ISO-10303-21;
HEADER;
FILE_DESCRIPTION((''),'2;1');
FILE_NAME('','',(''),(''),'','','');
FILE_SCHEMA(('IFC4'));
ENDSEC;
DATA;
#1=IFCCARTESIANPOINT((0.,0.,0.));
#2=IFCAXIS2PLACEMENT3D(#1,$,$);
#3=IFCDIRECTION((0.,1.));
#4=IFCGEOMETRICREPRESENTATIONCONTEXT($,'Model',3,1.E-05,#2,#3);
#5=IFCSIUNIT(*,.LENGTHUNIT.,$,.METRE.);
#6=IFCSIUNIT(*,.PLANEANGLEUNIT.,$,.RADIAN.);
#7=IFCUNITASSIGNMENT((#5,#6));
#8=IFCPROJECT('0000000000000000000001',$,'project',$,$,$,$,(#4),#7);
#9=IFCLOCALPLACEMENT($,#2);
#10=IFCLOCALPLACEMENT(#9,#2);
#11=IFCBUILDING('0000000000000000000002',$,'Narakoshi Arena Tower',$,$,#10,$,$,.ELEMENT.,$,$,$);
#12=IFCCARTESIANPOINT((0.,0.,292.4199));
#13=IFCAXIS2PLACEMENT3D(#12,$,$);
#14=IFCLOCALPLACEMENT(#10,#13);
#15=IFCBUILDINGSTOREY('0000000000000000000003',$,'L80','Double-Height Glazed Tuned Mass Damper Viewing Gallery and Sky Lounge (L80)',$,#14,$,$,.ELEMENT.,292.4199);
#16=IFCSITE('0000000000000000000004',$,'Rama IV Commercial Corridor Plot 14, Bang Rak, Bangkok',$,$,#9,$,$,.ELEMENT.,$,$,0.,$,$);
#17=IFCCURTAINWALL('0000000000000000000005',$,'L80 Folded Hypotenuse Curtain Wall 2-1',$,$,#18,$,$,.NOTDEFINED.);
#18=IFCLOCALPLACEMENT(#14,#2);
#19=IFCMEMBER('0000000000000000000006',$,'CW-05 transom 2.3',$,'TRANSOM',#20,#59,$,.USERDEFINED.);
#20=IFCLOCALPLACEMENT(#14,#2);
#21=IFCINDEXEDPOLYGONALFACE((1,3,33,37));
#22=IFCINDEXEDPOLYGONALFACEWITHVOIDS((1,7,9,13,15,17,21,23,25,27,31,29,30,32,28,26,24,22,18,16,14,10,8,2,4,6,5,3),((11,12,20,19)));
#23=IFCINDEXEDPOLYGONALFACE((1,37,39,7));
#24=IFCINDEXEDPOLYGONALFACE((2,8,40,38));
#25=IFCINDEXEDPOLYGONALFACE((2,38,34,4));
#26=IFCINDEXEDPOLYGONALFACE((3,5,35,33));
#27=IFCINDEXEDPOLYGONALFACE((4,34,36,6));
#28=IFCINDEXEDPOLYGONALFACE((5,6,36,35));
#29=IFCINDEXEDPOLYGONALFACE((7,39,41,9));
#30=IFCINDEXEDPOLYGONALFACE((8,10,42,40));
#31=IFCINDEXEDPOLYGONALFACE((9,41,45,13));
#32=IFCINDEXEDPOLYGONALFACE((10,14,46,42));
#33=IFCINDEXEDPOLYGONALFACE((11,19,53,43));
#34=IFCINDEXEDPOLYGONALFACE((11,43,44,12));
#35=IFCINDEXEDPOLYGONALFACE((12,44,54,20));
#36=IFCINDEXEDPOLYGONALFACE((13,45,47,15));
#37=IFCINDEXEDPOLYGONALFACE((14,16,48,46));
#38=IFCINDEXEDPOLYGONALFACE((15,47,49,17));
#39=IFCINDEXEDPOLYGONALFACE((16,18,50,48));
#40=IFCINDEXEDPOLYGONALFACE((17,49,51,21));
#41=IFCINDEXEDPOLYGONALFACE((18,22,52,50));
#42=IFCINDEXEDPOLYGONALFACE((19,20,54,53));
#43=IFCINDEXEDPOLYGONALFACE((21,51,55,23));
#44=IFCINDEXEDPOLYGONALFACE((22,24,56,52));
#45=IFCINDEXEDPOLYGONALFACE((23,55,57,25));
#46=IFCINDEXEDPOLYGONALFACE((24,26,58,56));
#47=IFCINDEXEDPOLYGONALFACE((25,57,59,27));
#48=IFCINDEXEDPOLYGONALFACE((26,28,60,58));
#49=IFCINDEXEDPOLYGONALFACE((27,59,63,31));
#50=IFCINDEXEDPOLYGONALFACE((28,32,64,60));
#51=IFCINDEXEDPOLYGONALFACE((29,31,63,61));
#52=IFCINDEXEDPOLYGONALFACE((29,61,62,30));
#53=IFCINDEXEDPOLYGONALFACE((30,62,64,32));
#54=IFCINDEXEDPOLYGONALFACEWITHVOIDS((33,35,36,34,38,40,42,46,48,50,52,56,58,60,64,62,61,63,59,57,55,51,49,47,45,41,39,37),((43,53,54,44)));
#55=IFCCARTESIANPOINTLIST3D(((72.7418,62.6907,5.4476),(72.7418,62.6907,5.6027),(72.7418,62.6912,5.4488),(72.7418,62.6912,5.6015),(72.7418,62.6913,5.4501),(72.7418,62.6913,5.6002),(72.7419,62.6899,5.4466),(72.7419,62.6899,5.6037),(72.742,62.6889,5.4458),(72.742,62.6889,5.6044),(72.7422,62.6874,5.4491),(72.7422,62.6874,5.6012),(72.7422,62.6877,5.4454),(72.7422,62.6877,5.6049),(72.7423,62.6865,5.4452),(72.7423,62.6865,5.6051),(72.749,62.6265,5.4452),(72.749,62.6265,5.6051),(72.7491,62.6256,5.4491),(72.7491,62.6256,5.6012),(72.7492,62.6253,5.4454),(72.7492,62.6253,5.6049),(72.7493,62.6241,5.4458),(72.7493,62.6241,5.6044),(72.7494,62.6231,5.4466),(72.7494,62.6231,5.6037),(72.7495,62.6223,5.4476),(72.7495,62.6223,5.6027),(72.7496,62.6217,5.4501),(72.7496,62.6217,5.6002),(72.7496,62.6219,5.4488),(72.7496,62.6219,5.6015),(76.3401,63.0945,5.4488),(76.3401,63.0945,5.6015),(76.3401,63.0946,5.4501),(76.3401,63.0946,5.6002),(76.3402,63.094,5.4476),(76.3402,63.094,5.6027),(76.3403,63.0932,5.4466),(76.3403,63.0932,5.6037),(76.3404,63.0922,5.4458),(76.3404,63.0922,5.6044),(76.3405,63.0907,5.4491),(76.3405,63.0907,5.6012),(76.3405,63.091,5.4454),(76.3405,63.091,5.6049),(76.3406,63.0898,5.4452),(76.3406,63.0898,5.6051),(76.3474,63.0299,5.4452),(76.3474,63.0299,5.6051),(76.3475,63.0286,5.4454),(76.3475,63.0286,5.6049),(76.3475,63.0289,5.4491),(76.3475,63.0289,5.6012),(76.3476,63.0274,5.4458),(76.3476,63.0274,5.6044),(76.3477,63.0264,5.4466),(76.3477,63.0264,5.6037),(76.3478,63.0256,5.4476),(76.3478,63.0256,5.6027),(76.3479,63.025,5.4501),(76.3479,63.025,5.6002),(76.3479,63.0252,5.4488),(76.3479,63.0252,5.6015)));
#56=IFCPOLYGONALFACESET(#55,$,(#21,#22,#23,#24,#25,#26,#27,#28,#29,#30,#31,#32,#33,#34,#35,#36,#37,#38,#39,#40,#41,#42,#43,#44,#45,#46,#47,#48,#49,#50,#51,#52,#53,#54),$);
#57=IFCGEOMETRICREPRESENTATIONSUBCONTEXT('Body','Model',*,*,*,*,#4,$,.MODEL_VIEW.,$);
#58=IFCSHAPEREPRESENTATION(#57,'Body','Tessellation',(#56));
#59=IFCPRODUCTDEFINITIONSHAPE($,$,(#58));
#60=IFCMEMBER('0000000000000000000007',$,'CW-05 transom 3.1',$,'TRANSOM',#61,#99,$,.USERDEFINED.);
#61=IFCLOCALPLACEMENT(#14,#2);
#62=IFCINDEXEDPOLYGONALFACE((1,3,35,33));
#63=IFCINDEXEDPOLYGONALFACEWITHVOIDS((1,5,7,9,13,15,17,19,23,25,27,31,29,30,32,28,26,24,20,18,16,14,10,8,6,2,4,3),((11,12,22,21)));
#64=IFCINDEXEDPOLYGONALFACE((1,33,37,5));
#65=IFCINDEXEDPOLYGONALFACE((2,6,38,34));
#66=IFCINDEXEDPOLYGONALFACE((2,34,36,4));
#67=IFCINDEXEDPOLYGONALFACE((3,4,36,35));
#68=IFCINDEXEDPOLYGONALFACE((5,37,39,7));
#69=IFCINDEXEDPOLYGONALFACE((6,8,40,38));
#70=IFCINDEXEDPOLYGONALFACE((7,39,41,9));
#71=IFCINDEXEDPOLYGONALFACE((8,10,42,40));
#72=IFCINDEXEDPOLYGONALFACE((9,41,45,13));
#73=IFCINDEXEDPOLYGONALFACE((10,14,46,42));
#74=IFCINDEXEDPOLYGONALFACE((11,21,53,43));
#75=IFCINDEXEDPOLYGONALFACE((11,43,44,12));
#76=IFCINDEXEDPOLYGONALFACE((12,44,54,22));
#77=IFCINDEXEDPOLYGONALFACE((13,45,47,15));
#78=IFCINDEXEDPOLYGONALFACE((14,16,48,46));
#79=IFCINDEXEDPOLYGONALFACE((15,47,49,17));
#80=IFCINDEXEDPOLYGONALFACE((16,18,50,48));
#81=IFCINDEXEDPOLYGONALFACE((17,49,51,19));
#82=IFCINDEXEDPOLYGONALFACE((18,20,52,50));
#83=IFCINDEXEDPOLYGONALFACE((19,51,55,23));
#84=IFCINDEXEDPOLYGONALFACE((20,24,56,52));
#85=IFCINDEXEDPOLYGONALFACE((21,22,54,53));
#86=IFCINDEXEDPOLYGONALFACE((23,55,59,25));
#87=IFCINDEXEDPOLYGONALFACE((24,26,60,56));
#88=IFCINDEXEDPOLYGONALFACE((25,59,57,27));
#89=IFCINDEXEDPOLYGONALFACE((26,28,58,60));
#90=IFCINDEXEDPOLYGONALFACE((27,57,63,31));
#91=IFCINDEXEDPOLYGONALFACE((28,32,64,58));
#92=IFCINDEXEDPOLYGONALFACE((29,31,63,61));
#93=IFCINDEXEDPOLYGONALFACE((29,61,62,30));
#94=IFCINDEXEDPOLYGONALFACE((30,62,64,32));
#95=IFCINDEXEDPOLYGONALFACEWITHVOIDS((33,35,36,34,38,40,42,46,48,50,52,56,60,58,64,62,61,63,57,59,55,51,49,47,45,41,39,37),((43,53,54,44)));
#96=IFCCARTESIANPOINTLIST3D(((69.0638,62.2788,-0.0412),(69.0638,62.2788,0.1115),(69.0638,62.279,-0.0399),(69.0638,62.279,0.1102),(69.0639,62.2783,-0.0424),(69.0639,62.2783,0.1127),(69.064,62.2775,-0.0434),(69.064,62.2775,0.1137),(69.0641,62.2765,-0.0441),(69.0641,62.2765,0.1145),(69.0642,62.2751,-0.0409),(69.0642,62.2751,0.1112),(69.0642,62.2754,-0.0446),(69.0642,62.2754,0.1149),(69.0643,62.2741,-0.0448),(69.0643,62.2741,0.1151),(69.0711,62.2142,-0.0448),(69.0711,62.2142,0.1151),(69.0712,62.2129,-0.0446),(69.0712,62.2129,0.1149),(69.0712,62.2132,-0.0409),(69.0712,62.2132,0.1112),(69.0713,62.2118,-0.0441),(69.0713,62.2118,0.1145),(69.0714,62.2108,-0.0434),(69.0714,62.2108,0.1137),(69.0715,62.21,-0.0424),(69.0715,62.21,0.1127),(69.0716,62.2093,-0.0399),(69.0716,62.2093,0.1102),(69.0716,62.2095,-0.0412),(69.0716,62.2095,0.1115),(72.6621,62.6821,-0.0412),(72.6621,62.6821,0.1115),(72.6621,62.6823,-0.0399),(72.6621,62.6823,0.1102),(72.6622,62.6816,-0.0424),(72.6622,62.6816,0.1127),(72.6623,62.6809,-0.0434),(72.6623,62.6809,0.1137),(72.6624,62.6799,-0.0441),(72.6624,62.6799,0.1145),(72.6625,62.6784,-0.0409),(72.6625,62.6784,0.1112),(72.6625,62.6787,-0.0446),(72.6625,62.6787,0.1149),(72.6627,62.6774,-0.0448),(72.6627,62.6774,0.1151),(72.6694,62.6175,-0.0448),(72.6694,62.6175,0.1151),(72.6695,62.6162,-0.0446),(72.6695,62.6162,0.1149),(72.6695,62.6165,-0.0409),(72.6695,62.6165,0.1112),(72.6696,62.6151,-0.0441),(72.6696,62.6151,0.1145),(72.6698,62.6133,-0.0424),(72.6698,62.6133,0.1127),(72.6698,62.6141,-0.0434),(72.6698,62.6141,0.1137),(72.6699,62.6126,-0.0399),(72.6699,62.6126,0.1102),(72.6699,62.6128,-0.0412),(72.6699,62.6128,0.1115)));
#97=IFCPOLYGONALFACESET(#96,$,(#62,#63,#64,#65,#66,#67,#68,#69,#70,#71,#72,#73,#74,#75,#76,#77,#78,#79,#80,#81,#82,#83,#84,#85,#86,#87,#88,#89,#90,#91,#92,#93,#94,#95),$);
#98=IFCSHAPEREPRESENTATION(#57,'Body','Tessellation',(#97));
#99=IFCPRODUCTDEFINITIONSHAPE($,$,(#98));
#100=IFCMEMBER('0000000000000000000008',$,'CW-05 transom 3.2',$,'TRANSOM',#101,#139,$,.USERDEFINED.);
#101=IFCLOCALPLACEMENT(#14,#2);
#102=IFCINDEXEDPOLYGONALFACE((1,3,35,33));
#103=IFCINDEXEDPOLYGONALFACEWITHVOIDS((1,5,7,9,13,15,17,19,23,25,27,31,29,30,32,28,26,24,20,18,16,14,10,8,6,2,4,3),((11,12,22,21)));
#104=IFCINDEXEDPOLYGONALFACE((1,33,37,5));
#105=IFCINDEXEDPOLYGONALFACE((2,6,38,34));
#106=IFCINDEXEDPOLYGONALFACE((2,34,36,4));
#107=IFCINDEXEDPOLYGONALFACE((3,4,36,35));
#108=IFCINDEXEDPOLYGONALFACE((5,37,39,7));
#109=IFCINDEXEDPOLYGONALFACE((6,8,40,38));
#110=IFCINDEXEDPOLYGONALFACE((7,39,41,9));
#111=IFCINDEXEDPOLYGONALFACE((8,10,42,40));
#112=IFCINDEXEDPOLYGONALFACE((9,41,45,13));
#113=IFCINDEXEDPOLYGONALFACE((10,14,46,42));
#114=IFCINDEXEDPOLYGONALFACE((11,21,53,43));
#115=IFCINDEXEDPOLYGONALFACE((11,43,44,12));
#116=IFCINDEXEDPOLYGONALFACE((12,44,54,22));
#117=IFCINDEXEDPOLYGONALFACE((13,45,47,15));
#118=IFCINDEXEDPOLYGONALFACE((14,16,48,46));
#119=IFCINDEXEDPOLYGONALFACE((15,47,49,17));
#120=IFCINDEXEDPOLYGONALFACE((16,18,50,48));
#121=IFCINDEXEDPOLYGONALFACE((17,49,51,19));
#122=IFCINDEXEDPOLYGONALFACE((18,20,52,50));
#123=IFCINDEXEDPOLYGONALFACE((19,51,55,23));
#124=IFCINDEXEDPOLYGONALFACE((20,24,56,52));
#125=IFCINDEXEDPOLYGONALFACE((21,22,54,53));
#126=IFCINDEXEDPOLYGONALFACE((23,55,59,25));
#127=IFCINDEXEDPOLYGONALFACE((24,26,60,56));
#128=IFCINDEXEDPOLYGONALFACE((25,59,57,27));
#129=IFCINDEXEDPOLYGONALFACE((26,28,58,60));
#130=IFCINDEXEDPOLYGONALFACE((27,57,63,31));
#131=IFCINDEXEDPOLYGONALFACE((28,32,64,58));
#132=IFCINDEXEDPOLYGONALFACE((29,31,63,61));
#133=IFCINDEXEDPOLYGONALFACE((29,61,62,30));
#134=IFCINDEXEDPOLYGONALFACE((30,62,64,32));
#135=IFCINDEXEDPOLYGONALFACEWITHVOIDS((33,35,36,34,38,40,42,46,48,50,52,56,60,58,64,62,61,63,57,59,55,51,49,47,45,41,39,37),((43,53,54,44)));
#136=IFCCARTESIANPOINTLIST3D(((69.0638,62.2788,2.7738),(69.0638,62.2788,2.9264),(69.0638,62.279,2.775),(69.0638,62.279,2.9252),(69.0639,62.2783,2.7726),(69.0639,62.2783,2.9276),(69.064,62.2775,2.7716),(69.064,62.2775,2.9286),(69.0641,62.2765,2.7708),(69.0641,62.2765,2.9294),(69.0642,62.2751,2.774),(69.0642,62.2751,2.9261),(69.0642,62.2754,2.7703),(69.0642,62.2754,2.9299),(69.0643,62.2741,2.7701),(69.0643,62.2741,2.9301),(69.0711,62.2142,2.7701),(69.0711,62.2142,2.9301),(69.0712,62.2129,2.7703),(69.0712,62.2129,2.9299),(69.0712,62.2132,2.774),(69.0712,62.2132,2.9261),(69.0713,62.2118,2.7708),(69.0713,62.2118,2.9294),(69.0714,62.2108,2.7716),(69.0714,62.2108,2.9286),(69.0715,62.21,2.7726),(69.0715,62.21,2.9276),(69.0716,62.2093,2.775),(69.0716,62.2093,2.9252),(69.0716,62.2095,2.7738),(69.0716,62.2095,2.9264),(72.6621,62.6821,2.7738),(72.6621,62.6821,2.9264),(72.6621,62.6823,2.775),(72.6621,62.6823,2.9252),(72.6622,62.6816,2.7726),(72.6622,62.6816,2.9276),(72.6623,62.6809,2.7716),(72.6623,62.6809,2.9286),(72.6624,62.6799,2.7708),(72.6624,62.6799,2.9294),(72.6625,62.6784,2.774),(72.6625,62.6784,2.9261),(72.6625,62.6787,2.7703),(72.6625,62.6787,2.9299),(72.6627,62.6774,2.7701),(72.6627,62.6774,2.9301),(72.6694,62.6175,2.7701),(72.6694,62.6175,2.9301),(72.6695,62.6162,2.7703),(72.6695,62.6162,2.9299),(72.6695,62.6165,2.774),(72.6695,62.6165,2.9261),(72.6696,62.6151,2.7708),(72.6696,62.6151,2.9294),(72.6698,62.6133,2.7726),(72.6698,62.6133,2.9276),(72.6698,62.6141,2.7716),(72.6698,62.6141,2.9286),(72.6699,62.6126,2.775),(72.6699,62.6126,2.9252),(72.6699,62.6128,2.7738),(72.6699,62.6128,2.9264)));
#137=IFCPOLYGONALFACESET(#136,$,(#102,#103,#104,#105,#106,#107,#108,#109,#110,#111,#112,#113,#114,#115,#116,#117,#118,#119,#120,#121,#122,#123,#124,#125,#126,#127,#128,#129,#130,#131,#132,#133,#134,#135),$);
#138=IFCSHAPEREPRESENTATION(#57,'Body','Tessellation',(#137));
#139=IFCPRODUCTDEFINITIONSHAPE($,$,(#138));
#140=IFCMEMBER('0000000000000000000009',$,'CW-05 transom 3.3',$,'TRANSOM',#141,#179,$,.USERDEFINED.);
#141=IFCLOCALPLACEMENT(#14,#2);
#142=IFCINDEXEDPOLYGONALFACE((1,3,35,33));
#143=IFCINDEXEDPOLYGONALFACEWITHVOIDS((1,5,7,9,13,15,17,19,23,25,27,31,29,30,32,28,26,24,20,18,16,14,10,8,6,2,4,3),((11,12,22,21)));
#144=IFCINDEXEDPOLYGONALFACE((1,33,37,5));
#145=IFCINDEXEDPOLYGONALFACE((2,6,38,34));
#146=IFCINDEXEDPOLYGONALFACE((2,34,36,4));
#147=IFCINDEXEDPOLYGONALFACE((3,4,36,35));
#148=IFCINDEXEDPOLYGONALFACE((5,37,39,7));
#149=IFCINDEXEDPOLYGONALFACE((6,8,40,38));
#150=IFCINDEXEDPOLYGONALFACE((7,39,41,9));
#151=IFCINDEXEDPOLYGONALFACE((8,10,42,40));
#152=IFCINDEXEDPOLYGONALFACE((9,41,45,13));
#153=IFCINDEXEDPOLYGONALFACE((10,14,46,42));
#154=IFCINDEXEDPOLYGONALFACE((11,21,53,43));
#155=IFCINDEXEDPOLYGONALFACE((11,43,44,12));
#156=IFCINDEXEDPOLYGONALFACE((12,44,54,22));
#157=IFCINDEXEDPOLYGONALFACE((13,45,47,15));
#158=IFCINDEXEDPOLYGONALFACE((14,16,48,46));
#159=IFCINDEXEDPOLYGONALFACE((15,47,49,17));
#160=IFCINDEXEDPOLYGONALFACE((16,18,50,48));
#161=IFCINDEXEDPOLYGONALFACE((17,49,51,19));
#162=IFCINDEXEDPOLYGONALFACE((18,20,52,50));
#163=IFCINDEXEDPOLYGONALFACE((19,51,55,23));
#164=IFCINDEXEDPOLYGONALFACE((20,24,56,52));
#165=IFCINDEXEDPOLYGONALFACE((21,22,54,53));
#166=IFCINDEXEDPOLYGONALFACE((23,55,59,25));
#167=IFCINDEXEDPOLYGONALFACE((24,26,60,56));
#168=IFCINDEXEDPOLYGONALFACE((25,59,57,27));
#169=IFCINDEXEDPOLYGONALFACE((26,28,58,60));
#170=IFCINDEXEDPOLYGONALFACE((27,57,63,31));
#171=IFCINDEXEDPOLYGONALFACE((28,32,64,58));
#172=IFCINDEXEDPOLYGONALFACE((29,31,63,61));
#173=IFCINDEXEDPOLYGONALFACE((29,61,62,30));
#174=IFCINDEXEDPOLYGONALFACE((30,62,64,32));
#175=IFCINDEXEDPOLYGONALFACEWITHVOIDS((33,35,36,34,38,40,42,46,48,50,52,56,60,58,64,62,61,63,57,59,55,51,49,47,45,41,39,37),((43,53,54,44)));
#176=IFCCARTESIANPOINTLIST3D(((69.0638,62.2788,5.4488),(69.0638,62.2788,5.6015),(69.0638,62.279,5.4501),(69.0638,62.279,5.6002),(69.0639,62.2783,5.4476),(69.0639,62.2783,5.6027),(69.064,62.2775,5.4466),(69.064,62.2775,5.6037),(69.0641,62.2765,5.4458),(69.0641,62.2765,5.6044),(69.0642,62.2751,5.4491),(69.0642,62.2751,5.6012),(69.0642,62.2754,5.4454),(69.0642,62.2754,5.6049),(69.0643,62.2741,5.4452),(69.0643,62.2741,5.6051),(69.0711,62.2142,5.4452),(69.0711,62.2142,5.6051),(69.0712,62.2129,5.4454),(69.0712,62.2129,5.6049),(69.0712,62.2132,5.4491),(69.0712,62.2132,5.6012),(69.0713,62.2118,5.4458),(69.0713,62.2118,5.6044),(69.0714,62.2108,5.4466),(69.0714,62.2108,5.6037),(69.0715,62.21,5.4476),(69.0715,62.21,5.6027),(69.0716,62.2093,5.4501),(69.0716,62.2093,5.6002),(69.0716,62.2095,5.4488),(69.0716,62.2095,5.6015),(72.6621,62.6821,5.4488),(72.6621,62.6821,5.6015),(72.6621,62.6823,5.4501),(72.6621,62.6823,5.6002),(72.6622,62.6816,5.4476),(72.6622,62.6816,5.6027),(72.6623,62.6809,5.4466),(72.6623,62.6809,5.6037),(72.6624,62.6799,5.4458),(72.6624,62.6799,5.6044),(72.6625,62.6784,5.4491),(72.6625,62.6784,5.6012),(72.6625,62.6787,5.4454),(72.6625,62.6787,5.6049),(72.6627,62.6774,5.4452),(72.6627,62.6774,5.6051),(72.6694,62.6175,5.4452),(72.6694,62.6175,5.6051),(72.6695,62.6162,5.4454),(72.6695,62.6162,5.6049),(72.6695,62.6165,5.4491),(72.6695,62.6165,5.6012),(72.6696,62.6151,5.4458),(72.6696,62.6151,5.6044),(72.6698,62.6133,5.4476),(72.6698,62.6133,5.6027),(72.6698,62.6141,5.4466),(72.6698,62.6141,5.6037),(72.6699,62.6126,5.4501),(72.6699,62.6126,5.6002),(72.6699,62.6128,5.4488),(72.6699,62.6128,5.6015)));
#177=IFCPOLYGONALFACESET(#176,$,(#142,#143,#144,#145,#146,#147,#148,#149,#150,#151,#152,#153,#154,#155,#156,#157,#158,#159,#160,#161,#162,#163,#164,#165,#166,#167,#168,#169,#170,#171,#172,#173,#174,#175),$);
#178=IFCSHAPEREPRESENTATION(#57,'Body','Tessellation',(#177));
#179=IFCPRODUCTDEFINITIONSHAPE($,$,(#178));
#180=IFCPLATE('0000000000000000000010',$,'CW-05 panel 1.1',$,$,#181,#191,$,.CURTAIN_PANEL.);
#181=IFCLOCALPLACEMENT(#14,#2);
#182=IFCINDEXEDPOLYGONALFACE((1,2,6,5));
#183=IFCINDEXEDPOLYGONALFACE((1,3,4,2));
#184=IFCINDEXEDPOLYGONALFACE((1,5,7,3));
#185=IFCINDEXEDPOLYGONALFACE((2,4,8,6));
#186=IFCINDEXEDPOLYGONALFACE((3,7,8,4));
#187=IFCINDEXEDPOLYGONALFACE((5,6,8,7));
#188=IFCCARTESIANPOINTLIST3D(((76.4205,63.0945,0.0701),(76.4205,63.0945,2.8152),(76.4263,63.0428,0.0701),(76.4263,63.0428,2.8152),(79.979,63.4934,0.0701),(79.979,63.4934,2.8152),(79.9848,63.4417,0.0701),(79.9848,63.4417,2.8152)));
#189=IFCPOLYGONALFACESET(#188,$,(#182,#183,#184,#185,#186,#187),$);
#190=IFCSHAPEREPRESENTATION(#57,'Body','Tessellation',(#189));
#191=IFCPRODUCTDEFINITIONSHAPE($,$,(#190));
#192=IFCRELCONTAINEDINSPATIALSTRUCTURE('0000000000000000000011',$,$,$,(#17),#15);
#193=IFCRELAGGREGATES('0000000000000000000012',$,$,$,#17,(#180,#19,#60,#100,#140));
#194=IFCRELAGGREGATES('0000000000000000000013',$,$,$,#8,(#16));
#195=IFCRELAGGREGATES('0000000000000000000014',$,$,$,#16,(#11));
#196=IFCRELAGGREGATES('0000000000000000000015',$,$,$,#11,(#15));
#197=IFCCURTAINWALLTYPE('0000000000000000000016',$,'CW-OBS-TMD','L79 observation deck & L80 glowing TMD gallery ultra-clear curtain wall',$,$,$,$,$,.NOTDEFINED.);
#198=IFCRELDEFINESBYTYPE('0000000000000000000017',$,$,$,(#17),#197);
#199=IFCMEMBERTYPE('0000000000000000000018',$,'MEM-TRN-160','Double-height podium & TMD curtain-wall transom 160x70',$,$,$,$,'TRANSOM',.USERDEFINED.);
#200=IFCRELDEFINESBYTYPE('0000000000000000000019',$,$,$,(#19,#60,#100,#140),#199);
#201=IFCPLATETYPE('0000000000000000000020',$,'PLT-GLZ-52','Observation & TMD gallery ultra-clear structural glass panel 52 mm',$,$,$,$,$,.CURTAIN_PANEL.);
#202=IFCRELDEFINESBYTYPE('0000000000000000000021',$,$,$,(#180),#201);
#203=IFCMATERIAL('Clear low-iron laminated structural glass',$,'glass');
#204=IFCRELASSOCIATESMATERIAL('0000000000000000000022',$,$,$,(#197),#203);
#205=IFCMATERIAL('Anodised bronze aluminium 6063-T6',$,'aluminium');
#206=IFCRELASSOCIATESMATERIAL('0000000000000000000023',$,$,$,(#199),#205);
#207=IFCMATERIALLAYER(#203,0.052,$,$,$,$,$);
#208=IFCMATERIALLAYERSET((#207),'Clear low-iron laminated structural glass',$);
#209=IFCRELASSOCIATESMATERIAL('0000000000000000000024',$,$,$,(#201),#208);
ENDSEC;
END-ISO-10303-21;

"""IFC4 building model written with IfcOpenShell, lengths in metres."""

from ifc_helpers import new_model, si_unit, direction, frame, origin, origin_2d, place, context, subcontext, project, spatial, rectangle, hollow_rectangle, extrude, material, layer, layer_set, material_profile, profile_set, type_object, element, aggregate, save


model = new_model("IFC4")

# Units and contexts
model_context = context("Model", 3, precision=1e-05, world=origin(), true_north=direction((0.0, 1.0)))
body_context = subcontext(model_context, "Body", "Model", "MODEL_VIEW")
ifc_project = project(units=[si_unit("LENGTHUNIT", "METRE"), si_unit("PLANEANGLEUNIT", "RADIAN")], contexts=[model_context])

# Site, building, storey
site_placement = place(None, origin())
site = spatial("IfcSite", under=ifc_project, at=site_placement, Name="Rama IV Commercial Corridor Plot 14, Bang Rak, Bangkok", CompositionType="ELEMENT", RefElevation=0.0)
building_placement = place(site_placement, origin())
building = spatial("IfcBuilding", under=site, at=building_placement, Name="Narakoshi Arena Tower", CompositionType="ELEMENT")
storey_placement = place(building_placement, frame((0.0, 0.0, 292.4199)))
storey = spatial("IfcBuildingStorey", under=building, at=storey_placement, Name="L80", Description="Double-Height Glazed Tuned Mass Damper Viewing Gallery and Sky Lounge (L80)", CompositionType="ELEMENT", Elevation=292.4199)

# Curtain wall, members, plate
ifc_material_1 = material(Name="Clear low-iron laminated structural glass", Category="glass")
curtain_wall_type = type_object("IfcCurtainWallType", Name="CW-OBS-TMD", Description="L79 observation deck & L80 glowing TMD gallery ultra-clear curtain wall", PredefinedType="NOTDEFINED", material=ifc_material_1)
curtain_wall_placement = place(storey_placement, origin())
curtain_wall = element("IfcCurtainWall", 1, at=curtain_wall_placement, inside=storey, type_object=curtain_wall_type, Name="L80 Folded Hypotenuse Curtain Wall 2-1", PredefinedType="NOTDEFINED")
ifc_material_2 = material(Name="Anodised bronze aluminium 6063-T6", Category="aluminium")
ifc_material_profile_1 = material_profile(ifc_material_2, hollow_rectangle(XDim=0.0701, YDim=0.1599, WallThickness=0.0039, OuterFilletRadius=0.0049, at=origin_2d()), Name="TRN160x70x4")
ifc_profile_set_1 = profile_set([ifc_material_profile_1], Name="Anodised bronze aluminium 6063-T6")
member_type_1 = type_object("IfcMemberType", Name="MEM-TRN-160", Description="Double-height podium & TMD curtain-wall transom 160x70", ElementType="TRANSOM", PredefinedType="USERDEFINED", material=ifc_profile_set_1)
member_1_placement = place(storey_placement, frame((76.344, 63.0598, 5.5251), z_axis=(-0.993777, -0.111386, 0.0), x_axis=(0.111386, -0.993777, 0.0)))
member_1 = element("IfcMember", 2, at=member_1_placement, type_object=member_type_1, Name="CW-05 transom 2.3", ObjectType="TRANSOM", PredefinedType="USERDEFINED", context=body_context, shape_type="SweptSolid", body=[
    extrude(hollow_rectangle(XDim=0.0701, YDim=0.1599, WallThickness=0.0039, OuterFilletRadius=0.0049, at=origin_2d()), origin(), (0.0, 0.0, 1.0), 3.6208),
])
member_2_placement = place(storey_placement, frame((72.666, 62.6475, 0.0352), z_axis=(-0.993777, -0.111386, 0.0), x_axis=(0.111386, -0.993777, 0.0)))
member_2 = element("IfcMember", 3, at=member_2_placement, type_object=member_type_1, Name="CW-05 transom 3.1", ObjectType="TRANSOM", PredefinedType="USERDEFINED", context=body_context, shape_type="SweptSolid", body=[
    extrude(hollow_rectangle(XDim=0.0701, YDim=0.1599, WallThickness=0.0039, OuterFilletRadius=0.0049, at=origin_2d()), origin(), (0.0, 0.0, 1.0), 3.6208),
])
member_3_placement = place(storey_placement, frame((72.666, 62.6475, 2.8501), z_axis=(-0.993777, -0.111386, 0.0), x_axis=(0.111386, -0.993777, 0.0)))
member_3 = element("IfcMember", 4, at=member_3_placement, type_object=member_type_1, Name="CW-05 transom 3.2", ObjectType="TRANSOM", PredefinedType="USERDEFINED", context=body_context, shape_type="SweptSolid", body=[
    extrude(hollow_rectangle(XDim=0.0701, YDim=0.1599, WallThickness=0.0039, OuterFilletRadius=0.0049, at=origin_2d()), origin(), (0.0, 0.0, 1.0), 3.6208),
])
member_4_placement = place(storey_placement, frame((72.666, 62.6475, 5.5251), z_axis=(-0.993777, -0.111386, 0.0), x_axis=(0.111386, -0.993777, 0.0)))
member_4 = element("IfcMember", 5, at=member_4_placement, type_object=member_type_1, Name="CW-05 transom 3.3", ObjectType="TRANSOM", PredefinedType="USERDEFINED", context=body_context, shape_type="SweptSolid", body=[
    extrude(hollow_rectangle(XDim=0.0701, YDim=0.1599, WallThickness=0.0039, OuterFilletRadius=0.0049, at=origin_2d()), origin(), (0.0, 0.0, 1.0), 3.6208),
])
ifc_layer_1 = layer(ifc_material_1, 0.052)
ifc_layer_set_1 = layer_set([ifc_layer_1], Name="Clear low-iron laminated structural glass")
plate_type = type_object("IfcPlateType", Name="PLT-GLZ-52", Description="Observation & TMD gallery ultra-clear structural glass panel 52 mm", PredefinedType="CURTAIN_PANEL", material=ifc_layer_set_1)
plate_1_placement = place(storey_placement, frame((78.2026, 63.2681, 0.0701), z_axis=(0.0, 0.0, 1.0), x_axis=(-0.993776, -0.111397, 0.0)))
plate_1 = element("IfcPlate", 6, at=plate_1_placement, type_object=plate_type, Name="CW-05 panel 1.1", PredefinedType="CURTAIN_PANEL", context=body_context, shape_type="SweptSolid", body=[
    extrude(rectangle(XDim=3.5808, YDim=0.052, at=origin_2d()), origin(), (0.0, 0.0, 1.0), 2.7451),
])
aggregate(curtain_wall, [plate_1, member_1, member_2, member_3, member_4])

save(model, "model.ifc")
